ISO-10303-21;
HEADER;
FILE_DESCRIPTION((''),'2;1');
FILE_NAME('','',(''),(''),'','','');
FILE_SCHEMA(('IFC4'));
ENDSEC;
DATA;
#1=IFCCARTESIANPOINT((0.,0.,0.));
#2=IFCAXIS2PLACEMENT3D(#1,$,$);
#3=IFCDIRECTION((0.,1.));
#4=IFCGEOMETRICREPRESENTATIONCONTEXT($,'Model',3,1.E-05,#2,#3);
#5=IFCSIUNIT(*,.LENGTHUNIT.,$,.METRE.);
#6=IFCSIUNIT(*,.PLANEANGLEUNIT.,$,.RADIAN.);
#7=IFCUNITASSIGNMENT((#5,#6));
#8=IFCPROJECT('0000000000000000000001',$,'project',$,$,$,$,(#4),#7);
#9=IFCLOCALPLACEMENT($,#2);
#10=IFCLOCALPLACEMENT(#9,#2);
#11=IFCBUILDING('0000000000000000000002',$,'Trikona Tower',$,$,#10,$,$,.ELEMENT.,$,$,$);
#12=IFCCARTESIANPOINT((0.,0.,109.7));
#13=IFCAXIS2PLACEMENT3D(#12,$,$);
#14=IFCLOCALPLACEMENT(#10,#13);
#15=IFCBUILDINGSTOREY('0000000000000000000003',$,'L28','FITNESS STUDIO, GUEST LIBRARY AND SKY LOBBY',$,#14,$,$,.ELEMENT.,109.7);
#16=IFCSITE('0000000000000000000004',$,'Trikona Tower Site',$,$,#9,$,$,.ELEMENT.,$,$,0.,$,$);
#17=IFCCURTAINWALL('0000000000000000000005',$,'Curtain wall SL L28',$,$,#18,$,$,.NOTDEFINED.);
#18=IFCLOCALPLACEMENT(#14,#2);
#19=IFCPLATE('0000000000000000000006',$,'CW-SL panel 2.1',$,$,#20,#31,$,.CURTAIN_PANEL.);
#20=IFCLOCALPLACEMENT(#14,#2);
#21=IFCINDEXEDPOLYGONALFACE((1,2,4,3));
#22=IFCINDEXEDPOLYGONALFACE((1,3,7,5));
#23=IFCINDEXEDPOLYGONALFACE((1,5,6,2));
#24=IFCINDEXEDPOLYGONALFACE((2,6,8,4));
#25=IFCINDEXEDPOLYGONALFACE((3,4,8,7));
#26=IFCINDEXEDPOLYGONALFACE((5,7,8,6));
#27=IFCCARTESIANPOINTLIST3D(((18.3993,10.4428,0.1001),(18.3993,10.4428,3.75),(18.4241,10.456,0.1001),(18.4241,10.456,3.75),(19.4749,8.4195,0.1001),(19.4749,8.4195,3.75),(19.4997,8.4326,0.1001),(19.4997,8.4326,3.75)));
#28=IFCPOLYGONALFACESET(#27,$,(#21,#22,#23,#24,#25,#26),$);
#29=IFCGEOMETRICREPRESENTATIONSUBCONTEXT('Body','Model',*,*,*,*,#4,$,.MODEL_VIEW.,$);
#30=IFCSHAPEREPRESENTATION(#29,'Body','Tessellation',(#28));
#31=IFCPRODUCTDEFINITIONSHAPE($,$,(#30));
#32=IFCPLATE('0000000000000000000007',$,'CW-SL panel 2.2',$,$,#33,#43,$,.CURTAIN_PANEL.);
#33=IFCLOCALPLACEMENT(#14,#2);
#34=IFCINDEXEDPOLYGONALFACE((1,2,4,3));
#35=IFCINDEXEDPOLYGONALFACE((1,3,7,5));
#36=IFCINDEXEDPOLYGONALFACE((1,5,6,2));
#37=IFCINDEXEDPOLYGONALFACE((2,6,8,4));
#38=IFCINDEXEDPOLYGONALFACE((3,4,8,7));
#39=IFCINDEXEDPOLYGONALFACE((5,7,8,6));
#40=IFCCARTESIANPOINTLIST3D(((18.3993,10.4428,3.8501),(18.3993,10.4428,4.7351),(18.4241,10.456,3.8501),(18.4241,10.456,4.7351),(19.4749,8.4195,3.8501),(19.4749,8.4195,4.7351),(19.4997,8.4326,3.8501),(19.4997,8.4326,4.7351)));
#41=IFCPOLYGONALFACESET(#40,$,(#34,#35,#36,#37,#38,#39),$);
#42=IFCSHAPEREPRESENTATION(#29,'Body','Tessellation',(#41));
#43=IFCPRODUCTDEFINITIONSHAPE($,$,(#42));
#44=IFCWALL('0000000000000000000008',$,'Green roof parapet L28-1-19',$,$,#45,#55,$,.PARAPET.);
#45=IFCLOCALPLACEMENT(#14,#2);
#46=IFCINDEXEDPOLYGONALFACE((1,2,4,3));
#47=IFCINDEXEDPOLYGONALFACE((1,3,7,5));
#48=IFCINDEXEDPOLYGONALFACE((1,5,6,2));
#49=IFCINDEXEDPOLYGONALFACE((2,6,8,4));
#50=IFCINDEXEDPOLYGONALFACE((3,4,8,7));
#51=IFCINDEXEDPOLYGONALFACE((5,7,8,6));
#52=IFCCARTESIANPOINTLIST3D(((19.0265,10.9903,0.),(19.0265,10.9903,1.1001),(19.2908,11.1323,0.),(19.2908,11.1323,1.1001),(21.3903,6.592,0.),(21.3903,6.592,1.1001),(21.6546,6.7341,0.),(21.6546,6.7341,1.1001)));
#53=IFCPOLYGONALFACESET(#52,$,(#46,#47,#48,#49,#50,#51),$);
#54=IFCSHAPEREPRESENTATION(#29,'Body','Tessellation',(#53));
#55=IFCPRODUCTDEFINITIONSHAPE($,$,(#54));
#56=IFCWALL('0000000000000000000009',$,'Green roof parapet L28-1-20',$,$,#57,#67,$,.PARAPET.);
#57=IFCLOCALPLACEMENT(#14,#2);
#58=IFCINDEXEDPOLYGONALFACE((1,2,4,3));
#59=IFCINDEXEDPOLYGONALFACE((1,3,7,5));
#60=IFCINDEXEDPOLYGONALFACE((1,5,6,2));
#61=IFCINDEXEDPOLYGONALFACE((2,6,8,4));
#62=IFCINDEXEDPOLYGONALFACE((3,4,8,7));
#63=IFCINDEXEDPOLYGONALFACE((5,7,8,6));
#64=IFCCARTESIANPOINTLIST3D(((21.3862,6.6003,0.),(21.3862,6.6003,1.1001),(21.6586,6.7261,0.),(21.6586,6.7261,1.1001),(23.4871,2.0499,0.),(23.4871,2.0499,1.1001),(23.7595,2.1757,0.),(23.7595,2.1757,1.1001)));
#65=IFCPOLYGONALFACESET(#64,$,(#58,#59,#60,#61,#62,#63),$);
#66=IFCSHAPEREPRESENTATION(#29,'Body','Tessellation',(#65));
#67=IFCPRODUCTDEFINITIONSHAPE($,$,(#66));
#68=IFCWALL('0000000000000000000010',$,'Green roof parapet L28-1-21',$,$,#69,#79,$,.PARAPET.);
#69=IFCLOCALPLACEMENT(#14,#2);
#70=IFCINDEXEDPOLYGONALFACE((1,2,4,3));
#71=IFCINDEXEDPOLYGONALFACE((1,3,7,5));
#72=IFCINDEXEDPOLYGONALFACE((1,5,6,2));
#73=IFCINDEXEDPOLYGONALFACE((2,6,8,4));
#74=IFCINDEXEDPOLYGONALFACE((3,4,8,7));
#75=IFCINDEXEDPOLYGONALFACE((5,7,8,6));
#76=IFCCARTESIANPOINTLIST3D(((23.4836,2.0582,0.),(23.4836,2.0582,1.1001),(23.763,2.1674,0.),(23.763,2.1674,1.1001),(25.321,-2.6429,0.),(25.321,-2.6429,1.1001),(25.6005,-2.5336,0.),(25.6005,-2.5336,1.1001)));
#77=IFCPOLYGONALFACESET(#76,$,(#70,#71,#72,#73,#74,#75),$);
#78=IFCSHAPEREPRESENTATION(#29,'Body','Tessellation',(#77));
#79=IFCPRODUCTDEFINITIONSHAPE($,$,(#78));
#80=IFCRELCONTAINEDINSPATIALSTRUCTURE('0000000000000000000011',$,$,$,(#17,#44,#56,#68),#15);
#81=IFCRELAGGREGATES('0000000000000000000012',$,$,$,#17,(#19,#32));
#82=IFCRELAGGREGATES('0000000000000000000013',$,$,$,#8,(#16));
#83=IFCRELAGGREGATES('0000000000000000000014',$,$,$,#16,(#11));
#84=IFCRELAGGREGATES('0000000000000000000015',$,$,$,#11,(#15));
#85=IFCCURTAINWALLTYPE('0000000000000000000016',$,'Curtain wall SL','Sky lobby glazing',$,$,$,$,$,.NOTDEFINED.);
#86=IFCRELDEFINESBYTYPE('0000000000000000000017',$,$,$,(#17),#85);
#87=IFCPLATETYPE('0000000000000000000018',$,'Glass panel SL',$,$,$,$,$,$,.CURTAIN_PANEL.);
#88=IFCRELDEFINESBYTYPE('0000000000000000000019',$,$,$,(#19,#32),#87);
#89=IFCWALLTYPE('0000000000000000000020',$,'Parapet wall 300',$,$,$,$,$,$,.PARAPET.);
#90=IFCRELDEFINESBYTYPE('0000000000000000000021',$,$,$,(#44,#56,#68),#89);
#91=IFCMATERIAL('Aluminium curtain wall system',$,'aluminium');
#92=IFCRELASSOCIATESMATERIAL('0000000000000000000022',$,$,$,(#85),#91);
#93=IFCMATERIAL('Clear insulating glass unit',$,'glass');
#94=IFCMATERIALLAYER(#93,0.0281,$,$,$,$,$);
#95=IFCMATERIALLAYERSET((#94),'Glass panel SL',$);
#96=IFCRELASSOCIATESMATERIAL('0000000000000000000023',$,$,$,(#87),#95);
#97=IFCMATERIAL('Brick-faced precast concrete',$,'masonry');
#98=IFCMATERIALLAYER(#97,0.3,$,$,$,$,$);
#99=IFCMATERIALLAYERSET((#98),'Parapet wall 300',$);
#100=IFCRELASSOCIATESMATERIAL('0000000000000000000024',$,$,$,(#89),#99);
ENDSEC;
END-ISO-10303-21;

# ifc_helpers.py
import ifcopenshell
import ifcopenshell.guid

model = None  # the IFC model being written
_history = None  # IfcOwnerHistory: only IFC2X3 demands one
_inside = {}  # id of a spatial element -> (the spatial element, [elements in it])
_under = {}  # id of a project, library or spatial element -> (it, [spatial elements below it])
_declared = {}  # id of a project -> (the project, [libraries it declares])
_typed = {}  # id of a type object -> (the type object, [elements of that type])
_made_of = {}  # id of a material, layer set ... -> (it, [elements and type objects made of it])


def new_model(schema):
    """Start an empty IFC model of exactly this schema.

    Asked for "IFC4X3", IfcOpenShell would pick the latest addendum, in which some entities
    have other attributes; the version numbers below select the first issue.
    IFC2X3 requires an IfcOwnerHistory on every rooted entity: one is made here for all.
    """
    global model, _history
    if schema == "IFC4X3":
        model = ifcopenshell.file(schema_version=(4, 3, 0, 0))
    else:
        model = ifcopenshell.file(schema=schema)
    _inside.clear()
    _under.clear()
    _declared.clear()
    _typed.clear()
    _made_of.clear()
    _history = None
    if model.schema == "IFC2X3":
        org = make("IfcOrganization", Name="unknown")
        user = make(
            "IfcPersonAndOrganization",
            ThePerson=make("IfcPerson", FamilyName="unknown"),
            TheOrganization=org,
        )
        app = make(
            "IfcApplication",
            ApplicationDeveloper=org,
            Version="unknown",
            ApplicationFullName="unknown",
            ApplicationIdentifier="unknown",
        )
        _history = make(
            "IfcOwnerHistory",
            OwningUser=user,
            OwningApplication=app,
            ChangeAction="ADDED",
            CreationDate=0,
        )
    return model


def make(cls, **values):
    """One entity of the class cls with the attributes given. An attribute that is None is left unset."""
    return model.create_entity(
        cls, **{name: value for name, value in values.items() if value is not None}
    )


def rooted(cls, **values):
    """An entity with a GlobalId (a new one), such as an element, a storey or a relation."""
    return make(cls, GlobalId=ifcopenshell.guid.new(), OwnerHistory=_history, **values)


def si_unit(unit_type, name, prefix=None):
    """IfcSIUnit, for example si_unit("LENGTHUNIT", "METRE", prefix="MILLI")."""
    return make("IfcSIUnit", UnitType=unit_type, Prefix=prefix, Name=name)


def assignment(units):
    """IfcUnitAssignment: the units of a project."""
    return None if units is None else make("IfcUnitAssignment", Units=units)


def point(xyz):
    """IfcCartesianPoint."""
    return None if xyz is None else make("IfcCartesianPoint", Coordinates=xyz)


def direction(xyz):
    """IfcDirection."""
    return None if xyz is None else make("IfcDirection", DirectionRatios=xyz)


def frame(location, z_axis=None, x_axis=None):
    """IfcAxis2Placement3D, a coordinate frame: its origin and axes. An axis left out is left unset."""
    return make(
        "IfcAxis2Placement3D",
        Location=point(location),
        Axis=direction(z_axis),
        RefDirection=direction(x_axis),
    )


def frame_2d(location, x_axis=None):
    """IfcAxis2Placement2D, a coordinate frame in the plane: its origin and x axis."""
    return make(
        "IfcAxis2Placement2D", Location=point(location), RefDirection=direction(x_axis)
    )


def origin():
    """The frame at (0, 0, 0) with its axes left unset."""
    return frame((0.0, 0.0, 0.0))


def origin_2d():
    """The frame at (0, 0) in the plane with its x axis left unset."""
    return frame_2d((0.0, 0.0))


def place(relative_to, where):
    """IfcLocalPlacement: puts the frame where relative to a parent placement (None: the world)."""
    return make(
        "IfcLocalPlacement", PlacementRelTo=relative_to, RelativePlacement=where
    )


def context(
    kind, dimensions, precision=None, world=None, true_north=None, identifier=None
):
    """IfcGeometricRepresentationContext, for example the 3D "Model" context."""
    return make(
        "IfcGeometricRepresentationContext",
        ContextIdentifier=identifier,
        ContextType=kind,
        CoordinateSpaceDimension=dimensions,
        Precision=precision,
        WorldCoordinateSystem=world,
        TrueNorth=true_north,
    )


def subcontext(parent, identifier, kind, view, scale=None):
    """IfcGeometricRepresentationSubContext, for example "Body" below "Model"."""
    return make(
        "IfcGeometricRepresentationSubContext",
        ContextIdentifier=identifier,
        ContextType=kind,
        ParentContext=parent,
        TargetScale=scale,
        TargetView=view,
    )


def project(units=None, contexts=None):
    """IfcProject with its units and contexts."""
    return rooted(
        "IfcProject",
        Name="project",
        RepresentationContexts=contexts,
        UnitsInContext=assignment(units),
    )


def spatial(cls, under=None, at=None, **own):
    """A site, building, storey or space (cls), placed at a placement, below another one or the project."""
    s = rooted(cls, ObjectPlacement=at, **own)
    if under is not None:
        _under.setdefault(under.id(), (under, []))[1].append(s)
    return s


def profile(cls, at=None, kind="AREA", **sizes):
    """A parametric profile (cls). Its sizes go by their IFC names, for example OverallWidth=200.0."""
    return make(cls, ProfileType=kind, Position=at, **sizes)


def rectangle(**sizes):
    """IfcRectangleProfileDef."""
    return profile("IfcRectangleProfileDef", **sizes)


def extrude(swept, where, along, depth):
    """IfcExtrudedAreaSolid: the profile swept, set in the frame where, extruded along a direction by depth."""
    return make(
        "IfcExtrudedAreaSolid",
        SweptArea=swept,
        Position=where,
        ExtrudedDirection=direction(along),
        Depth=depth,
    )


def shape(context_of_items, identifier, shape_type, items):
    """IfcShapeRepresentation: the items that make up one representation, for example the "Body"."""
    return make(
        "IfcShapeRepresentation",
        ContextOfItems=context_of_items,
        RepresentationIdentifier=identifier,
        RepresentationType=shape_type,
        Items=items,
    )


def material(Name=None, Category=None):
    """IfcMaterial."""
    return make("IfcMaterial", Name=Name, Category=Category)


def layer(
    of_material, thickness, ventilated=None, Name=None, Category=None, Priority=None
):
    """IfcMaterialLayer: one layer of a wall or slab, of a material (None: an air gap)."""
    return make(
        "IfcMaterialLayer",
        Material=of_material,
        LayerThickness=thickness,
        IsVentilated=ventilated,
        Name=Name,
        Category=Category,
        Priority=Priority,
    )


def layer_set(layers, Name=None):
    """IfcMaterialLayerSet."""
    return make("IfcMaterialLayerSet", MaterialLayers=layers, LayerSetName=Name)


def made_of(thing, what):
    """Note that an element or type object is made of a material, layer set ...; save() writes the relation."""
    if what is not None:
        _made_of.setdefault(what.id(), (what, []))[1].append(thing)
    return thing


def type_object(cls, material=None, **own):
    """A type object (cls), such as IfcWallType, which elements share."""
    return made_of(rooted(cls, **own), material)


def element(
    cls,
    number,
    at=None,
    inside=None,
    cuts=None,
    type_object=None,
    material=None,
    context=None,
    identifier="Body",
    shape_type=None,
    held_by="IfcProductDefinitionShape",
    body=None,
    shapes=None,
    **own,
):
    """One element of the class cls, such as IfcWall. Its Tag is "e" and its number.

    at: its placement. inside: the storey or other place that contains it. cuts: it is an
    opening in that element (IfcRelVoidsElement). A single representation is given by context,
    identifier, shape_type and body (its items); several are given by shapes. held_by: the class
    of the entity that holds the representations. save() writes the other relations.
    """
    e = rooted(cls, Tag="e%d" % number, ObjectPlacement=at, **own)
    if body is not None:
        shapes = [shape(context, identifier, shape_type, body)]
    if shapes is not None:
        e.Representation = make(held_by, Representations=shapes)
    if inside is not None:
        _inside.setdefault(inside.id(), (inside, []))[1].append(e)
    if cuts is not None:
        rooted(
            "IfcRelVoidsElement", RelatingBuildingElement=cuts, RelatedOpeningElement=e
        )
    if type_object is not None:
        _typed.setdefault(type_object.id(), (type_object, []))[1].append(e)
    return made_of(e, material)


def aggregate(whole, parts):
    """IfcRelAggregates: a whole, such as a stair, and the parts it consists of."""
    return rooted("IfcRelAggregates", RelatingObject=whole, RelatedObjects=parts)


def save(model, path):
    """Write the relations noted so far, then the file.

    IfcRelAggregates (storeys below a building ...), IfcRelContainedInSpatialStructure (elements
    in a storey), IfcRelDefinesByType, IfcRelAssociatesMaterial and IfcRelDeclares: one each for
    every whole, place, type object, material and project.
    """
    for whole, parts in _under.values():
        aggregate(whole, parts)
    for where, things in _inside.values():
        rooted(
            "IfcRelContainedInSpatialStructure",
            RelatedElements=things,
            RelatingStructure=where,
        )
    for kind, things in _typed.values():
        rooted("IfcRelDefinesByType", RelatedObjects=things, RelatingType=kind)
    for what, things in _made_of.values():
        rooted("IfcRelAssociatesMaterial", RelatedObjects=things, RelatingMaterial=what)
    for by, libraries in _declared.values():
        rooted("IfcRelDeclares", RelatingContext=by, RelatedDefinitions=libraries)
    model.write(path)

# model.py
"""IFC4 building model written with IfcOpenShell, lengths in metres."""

from ifc_helpers import new_model, si_unit, direction, frame, frame_2d, origin, origin_2d, place, context, subcontext, project, spatial, rectangle, extrude, material, layer, layer_set, type_object, element, aggregate, save


model = new_model("IFC4")

# Units and contexts
model_context = context("Model", 3, precision=1e-05, world=origin(), true_north=direction((0.0, 1.0)))
body_context = subcontext(model_context, "Body", "Model", "MODEL_VIEW")
ifc_project = project(units=[si_unit("LENGTHUNIT", "METRE"), si_unit("PLANEANGLEUNIT", "RADIAN")], contexts=[model_context])

# Site, building, storey
site_placement = place(None, origin())
site = spatial("IfcSite", under=ifc_project, at=site_placement, Name="Trikona Tower Site", CompositionType="ELEMENT", RefElevation=0.0)
building_placement = place(site_placement, origin())
building = spatial("IfcBuilding", under=site, at=building_placement, Name="Trikona Tower", CompositionType="ELEMENT")
storey_placement = place(building_placement, frame((0.0, 0.0, 109.7)))
storey = spatial("IfcBuildingStorey", under=building, at=storey_placement, Name="L28", Description="FITNESS STUDIO, GUEST LIBRARY AND SKY LOBBY", CompositionType="ELEMENT", Elevation=109.7)

# Shared definitions
ifc_material_1 = material(Name="Aluminium curtain wall system", Category="aluminium")
curtain_wall_type = type_object("IfcCurtainWallType", Name="Curtain wall SL", Description="Sky lobby glazing", PredefinedType="NOTDEFINED", material=ifc_material_1)

# Curtain wall
curtain_wall_1_placement = place(storey_placement, origin())
curtain_wall_1 = element("IfcCurtainWall", 1, at=curtain_wall_1_placement, inside=storey, type_object=curtain_wall_type, Name="Curtain wall SL L28", PredefinedType="NOTDEFINED")

# Plates
ifc_material_2 = material(Name="Clear insulating glass unit", Category="glass")
ifc_layer_1 = layer(ifc_material_2, 0.0281)
ifc_layer_set_1 = layer_set([ifc_layer_1], Name="Glass panel SL")
plate_type = type_object("IfcPlateType", Name="Glass panel SL", PredefinedType="CURTAIN_PANEL", material=ifc_layer_set_1)
plate_1_placement = place(storey_placement, frame((18.9495, 9.4377, 0.1001), z_axis=(0.0, 0.0, 1.0), x_axis=(-0.46938, 0.882996, 0.0)))
plate_1 = element("IfcPlate", 2, at=plate_1_placement, type_object=plate_type, Name="CW-SL panel 2.1", PredefinedType="CURTAIN_PANEL", context=body_context, shape_type="SweptSolid", body=[
    extrude(rectangle(XDim=2.2915, YDim=0.0281, at=origin_2d()), origin(), (0.0, 0.0, 1.0), 3.6499),
])
plate_2_placement = place(storey_placement, frame((18.9495, 9.4377, 3.8501), z_axis=(0.0, 0.0, 1.0), x_axis=(-0.46938, 0.882996, 0.0)))
plate_2 = element("IfcPlate", 3, at=plate_2_placement, type_object=plate_type, Name="CW-SL panel 2.2", PredefinedType="CURTAIN_PANEL", context=body_context, shape_type="SweptSolid", body=[
    extrude(rectangle(XDim=2.2915, YDim=0.0281, at=origin_2d()), origin(), (0.0, 0.0, 1.0), 0.885),
])
aggregate(curtain_wall_1, [plate_1, plate_2])

# Walls
ifc_material_3 = material(Name="Brick-faced precast concrete", Category="masonry")
ifc_layer_2 = layer(ifc_material_3, 0.3)
ifc_layer_set_2 = layer_set([ifc_layer_2], Name="Parapet wall 300")
wall_type = type_object("IfcWallType", Name="Parapet wall 300", PredefinedType="PARAPET", material=ifc_layer_set_2)
wall_1_placement = place(storey_placement, frame((19.1587, 11.0613, 0.0), z_axis=(0.0, 0.0, 1.0), x_axis=(0.473403, -0.880846, 0.0)))
element("IfcWall", 4, at=wall_1_placement, inside=storey, type_object=wall_type, Name="Green roof parapet L28-1-19", PredefinedType="PARAPET", context=body_context, shape_type="SweptSolid", body=[
    extrude(rectangle(XDim=4.9932, YDim=0.3, at=frame_2d((2.4966, 0.0))), origin(), (0.0, 0.0, 1.0), 1.1001),
])
wall_2_placement = place(storey_placement, frame((21.5225, 6.6631, 0.0), z_axis=(0.0, 0.0, 1.0), x_axis=(0.419172, -0.907907, 0.0)))
element("IfcWall", 5, at=wall_2_placement, inside=storey, type_object=wall_type, Name="Green roof parapet L28-1-20", PredefinedType="PARAPET", context=body_context, shape_type="SweptSolid", body=[
    extrude(rectangle(XDim=5.012, YDim=0.3, at=frame_2d((2.5059, 0.0))), origin(), (0.0, 0.0, 1.0), 1.1001),
])
wall_3_placement = place(storey_placement, frame((23.6233, 2.1128, 0.0), z_axis=(0.0, 0.0, 1.0), x_axis=(0.36404, -0.931383, 0.0)))
element("IfcWall", 6, at=wall_3_placement, inside=storey, type_object=wall_type, Name="Green roof parapet L28-1-21", PredefinedType="PARAPET", context=body_context, shape_type="SweptSolid", body=[
    extrude(rectangle(XDim=5.0474, YDim=0.3, at=frame_2d((2.5237, 0.0))), origin(), (0.0, 0.0, 1.0), 1.1001),
])

save(model, "model.ifc")
